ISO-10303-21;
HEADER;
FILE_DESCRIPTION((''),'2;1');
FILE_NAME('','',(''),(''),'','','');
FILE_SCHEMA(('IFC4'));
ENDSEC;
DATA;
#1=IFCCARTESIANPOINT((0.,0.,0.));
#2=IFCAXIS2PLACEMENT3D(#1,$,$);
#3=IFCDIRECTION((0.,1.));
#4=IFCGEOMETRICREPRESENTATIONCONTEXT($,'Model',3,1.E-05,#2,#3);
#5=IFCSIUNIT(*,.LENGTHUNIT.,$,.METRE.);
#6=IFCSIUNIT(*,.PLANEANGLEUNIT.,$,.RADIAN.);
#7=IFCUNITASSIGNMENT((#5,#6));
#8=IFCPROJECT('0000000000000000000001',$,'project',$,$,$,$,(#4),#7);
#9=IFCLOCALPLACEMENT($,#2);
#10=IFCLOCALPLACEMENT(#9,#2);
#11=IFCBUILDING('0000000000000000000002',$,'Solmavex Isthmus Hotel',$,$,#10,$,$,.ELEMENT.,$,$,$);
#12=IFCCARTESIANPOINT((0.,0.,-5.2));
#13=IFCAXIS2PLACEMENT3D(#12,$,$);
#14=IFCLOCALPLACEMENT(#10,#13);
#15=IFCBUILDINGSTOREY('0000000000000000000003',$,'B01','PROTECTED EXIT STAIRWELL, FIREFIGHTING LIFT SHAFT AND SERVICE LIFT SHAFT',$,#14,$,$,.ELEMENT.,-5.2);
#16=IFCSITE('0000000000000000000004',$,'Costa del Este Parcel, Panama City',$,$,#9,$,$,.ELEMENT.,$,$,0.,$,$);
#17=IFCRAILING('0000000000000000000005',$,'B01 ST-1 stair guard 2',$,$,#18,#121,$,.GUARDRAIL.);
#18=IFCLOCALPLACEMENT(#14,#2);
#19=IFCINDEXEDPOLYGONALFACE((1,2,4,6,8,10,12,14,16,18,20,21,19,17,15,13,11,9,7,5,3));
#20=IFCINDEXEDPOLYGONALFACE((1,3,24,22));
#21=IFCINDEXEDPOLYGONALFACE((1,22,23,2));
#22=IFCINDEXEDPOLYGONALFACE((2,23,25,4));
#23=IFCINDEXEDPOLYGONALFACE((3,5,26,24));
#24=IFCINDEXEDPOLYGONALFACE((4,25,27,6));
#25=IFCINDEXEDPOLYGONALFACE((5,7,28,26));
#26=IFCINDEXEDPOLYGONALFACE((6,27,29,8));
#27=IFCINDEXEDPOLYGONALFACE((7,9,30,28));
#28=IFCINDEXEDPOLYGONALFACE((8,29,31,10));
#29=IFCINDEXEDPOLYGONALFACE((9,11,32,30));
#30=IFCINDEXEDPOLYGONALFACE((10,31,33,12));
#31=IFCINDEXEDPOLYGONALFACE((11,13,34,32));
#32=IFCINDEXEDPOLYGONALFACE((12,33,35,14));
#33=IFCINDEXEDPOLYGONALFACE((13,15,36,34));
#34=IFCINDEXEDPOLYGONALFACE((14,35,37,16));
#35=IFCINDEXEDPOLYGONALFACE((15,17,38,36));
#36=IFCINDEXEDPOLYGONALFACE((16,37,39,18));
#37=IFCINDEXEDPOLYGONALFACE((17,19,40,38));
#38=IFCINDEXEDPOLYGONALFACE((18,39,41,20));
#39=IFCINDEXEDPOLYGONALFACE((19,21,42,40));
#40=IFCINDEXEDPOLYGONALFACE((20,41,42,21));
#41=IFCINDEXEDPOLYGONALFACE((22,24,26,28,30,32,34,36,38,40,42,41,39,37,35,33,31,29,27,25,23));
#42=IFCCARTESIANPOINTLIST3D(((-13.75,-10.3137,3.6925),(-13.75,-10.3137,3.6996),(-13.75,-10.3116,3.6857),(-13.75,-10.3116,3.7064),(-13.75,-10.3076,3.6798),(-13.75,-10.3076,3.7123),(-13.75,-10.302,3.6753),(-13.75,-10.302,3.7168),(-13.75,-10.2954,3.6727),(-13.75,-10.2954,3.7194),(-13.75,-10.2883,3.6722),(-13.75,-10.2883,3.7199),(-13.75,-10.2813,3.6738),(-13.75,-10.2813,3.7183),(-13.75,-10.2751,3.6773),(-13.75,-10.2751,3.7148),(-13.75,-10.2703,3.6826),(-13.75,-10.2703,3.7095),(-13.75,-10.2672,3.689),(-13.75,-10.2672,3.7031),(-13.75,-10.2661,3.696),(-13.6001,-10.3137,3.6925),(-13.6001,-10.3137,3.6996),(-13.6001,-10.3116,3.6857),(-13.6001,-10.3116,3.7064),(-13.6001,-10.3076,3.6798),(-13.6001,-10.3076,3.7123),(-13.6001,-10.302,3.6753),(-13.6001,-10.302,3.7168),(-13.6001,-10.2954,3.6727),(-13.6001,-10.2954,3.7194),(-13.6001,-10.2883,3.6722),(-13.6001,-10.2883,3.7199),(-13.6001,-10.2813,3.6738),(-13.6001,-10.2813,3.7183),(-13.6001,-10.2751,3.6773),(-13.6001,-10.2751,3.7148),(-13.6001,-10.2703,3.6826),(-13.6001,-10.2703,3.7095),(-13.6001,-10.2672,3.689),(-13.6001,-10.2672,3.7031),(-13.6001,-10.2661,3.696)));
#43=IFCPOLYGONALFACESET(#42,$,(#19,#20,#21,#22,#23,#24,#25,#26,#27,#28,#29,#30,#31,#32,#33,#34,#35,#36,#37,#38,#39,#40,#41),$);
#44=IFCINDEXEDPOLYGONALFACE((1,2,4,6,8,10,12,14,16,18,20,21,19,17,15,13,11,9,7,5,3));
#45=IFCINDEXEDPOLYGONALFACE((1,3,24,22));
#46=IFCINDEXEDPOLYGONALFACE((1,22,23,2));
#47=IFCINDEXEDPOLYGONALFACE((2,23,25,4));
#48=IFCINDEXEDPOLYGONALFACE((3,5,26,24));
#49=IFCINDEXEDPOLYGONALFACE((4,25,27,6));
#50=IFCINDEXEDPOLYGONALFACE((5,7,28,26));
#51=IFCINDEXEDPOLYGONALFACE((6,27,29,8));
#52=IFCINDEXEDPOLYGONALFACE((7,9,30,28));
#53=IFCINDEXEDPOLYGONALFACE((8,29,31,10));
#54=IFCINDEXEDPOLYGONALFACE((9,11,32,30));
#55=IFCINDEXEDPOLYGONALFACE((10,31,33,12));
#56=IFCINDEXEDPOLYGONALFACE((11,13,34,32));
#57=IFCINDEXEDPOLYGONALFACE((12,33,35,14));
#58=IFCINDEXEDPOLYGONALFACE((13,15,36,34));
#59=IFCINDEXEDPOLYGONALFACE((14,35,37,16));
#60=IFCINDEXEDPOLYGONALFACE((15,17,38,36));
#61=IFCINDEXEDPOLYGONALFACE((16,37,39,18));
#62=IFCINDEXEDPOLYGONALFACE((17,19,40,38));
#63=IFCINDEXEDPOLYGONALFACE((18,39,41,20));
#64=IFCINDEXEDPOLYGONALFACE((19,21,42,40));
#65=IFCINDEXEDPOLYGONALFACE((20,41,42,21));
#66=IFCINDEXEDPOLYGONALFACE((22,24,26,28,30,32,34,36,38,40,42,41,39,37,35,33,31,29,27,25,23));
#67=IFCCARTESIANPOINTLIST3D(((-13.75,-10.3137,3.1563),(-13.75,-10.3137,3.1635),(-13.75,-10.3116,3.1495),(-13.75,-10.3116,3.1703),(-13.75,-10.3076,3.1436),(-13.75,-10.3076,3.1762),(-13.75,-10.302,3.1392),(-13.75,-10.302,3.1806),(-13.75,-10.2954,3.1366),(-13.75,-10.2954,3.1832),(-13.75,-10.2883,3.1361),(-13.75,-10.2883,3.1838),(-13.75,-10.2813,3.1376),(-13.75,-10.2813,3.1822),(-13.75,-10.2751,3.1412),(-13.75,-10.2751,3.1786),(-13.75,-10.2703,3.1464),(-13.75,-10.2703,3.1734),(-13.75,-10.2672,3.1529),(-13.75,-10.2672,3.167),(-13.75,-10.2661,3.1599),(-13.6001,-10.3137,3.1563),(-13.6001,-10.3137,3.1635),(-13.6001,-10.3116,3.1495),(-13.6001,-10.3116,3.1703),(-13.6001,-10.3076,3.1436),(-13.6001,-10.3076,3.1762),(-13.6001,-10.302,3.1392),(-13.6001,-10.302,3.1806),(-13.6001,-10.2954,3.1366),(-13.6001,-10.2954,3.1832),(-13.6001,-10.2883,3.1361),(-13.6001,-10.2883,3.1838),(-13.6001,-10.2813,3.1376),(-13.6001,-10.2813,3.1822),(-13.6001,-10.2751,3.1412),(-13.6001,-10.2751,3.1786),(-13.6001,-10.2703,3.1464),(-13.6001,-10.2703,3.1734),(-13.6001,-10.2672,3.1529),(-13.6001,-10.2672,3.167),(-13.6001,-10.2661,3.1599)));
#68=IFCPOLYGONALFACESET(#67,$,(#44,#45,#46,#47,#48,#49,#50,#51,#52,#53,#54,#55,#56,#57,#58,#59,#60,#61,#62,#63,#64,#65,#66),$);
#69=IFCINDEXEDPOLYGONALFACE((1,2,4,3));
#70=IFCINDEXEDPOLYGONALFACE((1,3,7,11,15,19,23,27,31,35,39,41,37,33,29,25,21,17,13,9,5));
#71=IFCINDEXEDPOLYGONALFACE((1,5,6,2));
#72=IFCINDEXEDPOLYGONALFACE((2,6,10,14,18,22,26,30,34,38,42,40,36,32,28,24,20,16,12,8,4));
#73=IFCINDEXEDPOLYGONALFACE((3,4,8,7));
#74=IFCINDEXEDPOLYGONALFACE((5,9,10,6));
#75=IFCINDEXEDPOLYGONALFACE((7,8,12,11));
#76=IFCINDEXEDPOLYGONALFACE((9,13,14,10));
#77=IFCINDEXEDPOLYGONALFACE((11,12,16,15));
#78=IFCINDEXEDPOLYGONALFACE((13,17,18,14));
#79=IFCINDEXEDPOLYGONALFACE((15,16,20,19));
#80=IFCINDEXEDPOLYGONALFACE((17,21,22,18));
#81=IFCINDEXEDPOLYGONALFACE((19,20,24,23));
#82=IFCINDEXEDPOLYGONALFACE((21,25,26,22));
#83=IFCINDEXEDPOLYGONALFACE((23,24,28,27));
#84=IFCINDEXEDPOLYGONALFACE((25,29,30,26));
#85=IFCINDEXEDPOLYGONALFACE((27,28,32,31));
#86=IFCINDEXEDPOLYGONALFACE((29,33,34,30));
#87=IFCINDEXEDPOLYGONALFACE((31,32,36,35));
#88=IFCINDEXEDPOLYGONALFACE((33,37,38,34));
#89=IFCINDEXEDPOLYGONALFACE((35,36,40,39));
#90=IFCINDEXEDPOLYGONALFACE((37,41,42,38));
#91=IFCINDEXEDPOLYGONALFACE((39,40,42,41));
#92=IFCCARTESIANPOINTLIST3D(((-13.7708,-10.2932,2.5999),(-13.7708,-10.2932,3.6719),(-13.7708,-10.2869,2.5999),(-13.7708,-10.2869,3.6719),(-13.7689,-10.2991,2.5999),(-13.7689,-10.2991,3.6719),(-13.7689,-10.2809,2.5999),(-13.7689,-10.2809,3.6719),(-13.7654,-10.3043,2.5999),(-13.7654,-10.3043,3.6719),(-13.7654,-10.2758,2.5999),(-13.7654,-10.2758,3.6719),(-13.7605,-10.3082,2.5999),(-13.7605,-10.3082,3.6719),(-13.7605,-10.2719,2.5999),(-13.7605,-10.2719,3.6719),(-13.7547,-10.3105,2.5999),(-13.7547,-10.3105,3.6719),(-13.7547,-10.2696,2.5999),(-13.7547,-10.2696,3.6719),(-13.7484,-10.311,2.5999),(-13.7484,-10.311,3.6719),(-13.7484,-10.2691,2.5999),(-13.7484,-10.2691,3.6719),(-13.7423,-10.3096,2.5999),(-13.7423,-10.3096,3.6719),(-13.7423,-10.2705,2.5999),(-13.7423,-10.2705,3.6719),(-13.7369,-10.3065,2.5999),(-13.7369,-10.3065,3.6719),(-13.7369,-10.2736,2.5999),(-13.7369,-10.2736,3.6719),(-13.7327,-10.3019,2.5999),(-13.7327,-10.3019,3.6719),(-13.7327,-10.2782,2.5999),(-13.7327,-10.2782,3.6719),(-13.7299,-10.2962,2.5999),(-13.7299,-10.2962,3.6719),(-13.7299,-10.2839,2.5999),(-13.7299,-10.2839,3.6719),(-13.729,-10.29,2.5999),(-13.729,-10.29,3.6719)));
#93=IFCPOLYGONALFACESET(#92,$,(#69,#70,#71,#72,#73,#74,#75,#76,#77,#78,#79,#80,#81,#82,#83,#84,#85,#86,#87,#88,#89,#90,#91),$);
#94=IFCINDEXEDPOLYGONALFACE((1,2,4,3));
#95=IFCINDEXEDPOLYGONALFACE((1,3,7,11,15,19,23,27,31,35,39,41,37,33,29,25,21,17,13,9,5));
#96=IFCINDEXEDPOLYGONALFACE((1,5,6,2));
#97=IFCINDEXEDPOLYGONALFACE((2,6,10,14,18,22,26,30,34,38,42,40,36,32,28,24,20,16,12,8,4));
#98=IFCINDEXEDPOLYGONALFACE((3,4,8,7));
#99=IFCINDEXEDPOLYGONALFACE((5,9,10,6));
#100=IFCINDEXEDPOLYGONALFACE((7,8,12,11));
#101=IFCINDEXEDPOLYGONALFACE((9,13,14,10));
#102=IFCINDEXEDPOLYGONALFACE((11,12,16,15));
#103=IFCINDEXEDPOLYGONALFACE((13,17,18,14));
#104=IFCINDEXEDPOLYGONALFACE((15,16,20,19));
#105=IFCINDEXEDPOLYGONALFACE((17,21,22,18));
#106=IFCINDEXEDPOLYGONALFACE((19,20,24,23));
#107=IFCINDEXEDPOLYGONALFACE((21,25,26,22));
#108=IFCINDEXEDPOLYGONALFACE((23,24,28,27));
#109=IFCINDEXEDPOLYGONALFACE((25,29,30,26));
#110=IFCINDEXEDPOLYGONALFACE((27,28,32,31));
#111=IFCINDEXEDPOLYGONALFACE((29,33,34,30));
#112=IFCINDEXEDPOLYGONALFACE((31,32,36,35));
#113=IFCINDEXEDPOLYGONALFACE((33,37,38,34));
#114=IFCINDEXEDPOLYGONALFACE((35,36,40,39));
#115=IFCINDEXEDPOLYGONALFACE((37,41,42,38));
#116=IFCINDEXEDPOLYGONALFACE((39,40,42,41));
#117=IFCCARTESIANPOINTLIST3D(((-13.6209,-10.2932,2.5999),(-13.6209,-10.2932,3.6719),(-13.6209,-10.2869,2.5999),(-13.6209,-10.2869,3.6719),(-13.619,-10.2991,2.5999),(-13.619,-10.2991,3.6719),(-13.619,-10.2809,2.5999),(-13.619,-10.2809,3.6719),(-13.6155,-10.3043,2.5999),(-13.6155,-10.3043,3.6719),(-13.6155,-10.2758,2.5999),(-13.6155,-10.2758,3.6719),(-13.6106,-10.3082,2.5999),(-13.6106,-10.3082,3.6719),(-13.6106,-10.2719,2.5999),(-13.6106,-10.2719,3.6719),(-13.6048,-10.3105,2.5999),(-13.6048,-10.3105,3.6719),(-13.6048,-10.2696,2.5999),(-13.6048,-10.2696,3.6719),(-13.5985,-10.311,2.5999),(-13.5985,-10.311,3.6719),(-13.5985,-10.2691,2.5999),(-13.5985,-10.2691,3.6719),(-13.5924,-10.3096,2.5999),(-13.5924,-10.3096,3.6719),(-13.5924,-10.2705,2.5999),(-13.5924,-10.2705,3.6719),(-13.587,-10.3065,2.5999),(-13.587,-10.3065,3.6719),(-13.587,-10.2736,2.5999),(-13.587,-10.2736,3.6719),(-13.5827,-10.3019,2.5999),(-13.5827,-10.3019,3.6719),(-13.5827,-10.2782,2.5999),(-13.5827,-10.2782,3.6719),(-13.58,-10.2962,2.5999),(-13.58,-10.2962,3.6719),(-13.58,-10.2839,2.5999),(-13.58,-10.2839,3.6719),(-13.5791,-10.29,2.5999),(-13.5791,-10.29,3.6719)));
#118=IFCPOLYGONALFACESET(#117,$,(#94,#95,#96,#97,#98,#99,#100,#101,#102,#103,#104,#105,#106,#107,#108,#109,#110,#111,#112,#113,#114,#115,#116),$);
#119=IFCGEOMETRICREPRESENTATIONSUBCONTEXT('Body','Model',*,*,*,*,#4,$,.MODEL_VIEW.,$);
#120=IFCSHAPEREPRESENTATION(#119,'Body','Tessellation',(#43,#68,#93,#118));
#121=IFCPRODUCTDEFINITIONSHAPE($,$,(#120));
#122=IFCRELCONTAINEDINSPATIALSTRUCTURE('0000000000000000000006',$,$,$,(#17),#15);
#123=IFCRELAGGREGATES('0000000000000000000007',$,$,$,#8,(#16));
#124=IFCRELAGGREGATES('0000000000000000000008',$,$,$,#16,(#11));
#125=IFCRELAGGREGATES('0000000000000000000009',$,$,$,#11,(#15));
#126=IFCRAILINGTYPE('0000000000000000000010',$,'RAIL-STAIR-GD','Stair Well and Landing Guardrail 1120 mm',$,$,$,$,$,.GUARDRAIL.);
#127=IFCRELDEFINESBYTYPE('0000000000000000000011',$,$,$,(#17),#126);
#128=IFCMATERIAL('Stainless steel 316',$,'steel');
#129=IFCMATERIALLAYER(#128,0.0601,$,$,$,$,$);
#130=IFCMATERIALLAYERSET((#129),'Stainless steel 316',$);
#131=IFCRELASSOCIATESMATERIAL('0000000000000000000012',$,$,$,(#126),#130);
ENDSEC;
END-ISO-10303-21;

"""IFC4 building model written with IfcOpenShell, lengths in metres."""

from ifc_helpers import new_model, si_unit, direction, frame, origin, origin_2d, place, context, subcontext, project, spatial, circle, extrude, material, layer, layer_set, type_object, element, save


model = new_model("IFC4")

# Units and contexts
model_context = context("Model", 3, precision=1e-05, world=origin(), true_north=direction((0.0, 1.0)))
body_context = subcontext(model_context, "Body", "Model", "MODEL_VIEW")
ifc_project = project(units=[si_unit("LENGTHUNIT", "METRE"), si_unit("PLANEANGLEUNIT", "RADIAN")], contexts=[model_context])

# Site, building, storey
site_placement = place(None, origin())
site = spatial("IfcSite", under=ifc_project, at=site_placement, Name="Costa del Este Parcel, Panama City", CompositionType="ELEMENT", RefElevation=0.0)
building_placement = place(site_placement, origin())
building = spatial("IfcBuilding", under=site, at=building_placement, Name="Solmavex Isthmus Hotel", CompositionType="ELEMENT")
storey_placement = place(building_placement, frame((0.0, 0.0, -5.2)))
storey = spatial("IfcBuildingStorey", under=building, at=storey_placement, Name="B01", Description="PROTECTED EXIT STAIRWELL, FIREFIGHTING LIFT SHAFT AND SERVICE LIFT SHAFT", CompositionType="ELEMENT", Elevation=-5.2)

# Shared definitions
ifc_material_1 = material(Name="Stainless steel 316", Category="steel")

# Railing
ifc_layer_1 = layer(ifc_material_1, 0.0601)
ifc_layer_set_1 = layer_set([ifc_layer_1], Name="Stainless steel 316")
railing_type_1 = type_object("IfcRailingType", Name="RAIL-STAIR-GD", Description="Stair Well and Landing Guardrail 1120 mm", PredefinedType="GUARDRAIL", material=ifc_layer_set_1)
railing_1_placement = place(storey_placement, frame((-13.75, -10.29, 2.5999)))
element("IfcRailing", 1, at=railing_1_placement, inside=storey, type_object=railing_type_1, Name="B01 ST-1 stair guard 2", PredefinedType="GUARDRAIL", context=body_context, shape_type="SweptSolid", body=[
    extrude(circle(Radius=0.0239, at=origin_2d()), frame((0.0, 0.0, 1.0962), z_axis=(1.0, 0.0, 0.0), x_axis=(0.0, 1.0, 0.0)), (0.0, 0.0, 1.0), 0.1499),
    extrude(circle(Radius=0.0239, at=origin_2d()), frame((0.0, 0.0, 0.5601), z_axis=(1.0, 0.0, 0.0), x_axis=(0.0, 1.0, 0.0)), (0.0, 0.0, 1.0), 0.1499),
    extrude(circle(Radius=0.021, at=origin_2d()), origin(), (0.0, 0.0, 1.0), 1.072),
    extrude(circle(Radius=0.021, at=origin_2d()), frame((0.1499, 0.0, 0.0)), (0.0, 0.0, 1.0), 1.072),
])

save(model, "model.ifc")
